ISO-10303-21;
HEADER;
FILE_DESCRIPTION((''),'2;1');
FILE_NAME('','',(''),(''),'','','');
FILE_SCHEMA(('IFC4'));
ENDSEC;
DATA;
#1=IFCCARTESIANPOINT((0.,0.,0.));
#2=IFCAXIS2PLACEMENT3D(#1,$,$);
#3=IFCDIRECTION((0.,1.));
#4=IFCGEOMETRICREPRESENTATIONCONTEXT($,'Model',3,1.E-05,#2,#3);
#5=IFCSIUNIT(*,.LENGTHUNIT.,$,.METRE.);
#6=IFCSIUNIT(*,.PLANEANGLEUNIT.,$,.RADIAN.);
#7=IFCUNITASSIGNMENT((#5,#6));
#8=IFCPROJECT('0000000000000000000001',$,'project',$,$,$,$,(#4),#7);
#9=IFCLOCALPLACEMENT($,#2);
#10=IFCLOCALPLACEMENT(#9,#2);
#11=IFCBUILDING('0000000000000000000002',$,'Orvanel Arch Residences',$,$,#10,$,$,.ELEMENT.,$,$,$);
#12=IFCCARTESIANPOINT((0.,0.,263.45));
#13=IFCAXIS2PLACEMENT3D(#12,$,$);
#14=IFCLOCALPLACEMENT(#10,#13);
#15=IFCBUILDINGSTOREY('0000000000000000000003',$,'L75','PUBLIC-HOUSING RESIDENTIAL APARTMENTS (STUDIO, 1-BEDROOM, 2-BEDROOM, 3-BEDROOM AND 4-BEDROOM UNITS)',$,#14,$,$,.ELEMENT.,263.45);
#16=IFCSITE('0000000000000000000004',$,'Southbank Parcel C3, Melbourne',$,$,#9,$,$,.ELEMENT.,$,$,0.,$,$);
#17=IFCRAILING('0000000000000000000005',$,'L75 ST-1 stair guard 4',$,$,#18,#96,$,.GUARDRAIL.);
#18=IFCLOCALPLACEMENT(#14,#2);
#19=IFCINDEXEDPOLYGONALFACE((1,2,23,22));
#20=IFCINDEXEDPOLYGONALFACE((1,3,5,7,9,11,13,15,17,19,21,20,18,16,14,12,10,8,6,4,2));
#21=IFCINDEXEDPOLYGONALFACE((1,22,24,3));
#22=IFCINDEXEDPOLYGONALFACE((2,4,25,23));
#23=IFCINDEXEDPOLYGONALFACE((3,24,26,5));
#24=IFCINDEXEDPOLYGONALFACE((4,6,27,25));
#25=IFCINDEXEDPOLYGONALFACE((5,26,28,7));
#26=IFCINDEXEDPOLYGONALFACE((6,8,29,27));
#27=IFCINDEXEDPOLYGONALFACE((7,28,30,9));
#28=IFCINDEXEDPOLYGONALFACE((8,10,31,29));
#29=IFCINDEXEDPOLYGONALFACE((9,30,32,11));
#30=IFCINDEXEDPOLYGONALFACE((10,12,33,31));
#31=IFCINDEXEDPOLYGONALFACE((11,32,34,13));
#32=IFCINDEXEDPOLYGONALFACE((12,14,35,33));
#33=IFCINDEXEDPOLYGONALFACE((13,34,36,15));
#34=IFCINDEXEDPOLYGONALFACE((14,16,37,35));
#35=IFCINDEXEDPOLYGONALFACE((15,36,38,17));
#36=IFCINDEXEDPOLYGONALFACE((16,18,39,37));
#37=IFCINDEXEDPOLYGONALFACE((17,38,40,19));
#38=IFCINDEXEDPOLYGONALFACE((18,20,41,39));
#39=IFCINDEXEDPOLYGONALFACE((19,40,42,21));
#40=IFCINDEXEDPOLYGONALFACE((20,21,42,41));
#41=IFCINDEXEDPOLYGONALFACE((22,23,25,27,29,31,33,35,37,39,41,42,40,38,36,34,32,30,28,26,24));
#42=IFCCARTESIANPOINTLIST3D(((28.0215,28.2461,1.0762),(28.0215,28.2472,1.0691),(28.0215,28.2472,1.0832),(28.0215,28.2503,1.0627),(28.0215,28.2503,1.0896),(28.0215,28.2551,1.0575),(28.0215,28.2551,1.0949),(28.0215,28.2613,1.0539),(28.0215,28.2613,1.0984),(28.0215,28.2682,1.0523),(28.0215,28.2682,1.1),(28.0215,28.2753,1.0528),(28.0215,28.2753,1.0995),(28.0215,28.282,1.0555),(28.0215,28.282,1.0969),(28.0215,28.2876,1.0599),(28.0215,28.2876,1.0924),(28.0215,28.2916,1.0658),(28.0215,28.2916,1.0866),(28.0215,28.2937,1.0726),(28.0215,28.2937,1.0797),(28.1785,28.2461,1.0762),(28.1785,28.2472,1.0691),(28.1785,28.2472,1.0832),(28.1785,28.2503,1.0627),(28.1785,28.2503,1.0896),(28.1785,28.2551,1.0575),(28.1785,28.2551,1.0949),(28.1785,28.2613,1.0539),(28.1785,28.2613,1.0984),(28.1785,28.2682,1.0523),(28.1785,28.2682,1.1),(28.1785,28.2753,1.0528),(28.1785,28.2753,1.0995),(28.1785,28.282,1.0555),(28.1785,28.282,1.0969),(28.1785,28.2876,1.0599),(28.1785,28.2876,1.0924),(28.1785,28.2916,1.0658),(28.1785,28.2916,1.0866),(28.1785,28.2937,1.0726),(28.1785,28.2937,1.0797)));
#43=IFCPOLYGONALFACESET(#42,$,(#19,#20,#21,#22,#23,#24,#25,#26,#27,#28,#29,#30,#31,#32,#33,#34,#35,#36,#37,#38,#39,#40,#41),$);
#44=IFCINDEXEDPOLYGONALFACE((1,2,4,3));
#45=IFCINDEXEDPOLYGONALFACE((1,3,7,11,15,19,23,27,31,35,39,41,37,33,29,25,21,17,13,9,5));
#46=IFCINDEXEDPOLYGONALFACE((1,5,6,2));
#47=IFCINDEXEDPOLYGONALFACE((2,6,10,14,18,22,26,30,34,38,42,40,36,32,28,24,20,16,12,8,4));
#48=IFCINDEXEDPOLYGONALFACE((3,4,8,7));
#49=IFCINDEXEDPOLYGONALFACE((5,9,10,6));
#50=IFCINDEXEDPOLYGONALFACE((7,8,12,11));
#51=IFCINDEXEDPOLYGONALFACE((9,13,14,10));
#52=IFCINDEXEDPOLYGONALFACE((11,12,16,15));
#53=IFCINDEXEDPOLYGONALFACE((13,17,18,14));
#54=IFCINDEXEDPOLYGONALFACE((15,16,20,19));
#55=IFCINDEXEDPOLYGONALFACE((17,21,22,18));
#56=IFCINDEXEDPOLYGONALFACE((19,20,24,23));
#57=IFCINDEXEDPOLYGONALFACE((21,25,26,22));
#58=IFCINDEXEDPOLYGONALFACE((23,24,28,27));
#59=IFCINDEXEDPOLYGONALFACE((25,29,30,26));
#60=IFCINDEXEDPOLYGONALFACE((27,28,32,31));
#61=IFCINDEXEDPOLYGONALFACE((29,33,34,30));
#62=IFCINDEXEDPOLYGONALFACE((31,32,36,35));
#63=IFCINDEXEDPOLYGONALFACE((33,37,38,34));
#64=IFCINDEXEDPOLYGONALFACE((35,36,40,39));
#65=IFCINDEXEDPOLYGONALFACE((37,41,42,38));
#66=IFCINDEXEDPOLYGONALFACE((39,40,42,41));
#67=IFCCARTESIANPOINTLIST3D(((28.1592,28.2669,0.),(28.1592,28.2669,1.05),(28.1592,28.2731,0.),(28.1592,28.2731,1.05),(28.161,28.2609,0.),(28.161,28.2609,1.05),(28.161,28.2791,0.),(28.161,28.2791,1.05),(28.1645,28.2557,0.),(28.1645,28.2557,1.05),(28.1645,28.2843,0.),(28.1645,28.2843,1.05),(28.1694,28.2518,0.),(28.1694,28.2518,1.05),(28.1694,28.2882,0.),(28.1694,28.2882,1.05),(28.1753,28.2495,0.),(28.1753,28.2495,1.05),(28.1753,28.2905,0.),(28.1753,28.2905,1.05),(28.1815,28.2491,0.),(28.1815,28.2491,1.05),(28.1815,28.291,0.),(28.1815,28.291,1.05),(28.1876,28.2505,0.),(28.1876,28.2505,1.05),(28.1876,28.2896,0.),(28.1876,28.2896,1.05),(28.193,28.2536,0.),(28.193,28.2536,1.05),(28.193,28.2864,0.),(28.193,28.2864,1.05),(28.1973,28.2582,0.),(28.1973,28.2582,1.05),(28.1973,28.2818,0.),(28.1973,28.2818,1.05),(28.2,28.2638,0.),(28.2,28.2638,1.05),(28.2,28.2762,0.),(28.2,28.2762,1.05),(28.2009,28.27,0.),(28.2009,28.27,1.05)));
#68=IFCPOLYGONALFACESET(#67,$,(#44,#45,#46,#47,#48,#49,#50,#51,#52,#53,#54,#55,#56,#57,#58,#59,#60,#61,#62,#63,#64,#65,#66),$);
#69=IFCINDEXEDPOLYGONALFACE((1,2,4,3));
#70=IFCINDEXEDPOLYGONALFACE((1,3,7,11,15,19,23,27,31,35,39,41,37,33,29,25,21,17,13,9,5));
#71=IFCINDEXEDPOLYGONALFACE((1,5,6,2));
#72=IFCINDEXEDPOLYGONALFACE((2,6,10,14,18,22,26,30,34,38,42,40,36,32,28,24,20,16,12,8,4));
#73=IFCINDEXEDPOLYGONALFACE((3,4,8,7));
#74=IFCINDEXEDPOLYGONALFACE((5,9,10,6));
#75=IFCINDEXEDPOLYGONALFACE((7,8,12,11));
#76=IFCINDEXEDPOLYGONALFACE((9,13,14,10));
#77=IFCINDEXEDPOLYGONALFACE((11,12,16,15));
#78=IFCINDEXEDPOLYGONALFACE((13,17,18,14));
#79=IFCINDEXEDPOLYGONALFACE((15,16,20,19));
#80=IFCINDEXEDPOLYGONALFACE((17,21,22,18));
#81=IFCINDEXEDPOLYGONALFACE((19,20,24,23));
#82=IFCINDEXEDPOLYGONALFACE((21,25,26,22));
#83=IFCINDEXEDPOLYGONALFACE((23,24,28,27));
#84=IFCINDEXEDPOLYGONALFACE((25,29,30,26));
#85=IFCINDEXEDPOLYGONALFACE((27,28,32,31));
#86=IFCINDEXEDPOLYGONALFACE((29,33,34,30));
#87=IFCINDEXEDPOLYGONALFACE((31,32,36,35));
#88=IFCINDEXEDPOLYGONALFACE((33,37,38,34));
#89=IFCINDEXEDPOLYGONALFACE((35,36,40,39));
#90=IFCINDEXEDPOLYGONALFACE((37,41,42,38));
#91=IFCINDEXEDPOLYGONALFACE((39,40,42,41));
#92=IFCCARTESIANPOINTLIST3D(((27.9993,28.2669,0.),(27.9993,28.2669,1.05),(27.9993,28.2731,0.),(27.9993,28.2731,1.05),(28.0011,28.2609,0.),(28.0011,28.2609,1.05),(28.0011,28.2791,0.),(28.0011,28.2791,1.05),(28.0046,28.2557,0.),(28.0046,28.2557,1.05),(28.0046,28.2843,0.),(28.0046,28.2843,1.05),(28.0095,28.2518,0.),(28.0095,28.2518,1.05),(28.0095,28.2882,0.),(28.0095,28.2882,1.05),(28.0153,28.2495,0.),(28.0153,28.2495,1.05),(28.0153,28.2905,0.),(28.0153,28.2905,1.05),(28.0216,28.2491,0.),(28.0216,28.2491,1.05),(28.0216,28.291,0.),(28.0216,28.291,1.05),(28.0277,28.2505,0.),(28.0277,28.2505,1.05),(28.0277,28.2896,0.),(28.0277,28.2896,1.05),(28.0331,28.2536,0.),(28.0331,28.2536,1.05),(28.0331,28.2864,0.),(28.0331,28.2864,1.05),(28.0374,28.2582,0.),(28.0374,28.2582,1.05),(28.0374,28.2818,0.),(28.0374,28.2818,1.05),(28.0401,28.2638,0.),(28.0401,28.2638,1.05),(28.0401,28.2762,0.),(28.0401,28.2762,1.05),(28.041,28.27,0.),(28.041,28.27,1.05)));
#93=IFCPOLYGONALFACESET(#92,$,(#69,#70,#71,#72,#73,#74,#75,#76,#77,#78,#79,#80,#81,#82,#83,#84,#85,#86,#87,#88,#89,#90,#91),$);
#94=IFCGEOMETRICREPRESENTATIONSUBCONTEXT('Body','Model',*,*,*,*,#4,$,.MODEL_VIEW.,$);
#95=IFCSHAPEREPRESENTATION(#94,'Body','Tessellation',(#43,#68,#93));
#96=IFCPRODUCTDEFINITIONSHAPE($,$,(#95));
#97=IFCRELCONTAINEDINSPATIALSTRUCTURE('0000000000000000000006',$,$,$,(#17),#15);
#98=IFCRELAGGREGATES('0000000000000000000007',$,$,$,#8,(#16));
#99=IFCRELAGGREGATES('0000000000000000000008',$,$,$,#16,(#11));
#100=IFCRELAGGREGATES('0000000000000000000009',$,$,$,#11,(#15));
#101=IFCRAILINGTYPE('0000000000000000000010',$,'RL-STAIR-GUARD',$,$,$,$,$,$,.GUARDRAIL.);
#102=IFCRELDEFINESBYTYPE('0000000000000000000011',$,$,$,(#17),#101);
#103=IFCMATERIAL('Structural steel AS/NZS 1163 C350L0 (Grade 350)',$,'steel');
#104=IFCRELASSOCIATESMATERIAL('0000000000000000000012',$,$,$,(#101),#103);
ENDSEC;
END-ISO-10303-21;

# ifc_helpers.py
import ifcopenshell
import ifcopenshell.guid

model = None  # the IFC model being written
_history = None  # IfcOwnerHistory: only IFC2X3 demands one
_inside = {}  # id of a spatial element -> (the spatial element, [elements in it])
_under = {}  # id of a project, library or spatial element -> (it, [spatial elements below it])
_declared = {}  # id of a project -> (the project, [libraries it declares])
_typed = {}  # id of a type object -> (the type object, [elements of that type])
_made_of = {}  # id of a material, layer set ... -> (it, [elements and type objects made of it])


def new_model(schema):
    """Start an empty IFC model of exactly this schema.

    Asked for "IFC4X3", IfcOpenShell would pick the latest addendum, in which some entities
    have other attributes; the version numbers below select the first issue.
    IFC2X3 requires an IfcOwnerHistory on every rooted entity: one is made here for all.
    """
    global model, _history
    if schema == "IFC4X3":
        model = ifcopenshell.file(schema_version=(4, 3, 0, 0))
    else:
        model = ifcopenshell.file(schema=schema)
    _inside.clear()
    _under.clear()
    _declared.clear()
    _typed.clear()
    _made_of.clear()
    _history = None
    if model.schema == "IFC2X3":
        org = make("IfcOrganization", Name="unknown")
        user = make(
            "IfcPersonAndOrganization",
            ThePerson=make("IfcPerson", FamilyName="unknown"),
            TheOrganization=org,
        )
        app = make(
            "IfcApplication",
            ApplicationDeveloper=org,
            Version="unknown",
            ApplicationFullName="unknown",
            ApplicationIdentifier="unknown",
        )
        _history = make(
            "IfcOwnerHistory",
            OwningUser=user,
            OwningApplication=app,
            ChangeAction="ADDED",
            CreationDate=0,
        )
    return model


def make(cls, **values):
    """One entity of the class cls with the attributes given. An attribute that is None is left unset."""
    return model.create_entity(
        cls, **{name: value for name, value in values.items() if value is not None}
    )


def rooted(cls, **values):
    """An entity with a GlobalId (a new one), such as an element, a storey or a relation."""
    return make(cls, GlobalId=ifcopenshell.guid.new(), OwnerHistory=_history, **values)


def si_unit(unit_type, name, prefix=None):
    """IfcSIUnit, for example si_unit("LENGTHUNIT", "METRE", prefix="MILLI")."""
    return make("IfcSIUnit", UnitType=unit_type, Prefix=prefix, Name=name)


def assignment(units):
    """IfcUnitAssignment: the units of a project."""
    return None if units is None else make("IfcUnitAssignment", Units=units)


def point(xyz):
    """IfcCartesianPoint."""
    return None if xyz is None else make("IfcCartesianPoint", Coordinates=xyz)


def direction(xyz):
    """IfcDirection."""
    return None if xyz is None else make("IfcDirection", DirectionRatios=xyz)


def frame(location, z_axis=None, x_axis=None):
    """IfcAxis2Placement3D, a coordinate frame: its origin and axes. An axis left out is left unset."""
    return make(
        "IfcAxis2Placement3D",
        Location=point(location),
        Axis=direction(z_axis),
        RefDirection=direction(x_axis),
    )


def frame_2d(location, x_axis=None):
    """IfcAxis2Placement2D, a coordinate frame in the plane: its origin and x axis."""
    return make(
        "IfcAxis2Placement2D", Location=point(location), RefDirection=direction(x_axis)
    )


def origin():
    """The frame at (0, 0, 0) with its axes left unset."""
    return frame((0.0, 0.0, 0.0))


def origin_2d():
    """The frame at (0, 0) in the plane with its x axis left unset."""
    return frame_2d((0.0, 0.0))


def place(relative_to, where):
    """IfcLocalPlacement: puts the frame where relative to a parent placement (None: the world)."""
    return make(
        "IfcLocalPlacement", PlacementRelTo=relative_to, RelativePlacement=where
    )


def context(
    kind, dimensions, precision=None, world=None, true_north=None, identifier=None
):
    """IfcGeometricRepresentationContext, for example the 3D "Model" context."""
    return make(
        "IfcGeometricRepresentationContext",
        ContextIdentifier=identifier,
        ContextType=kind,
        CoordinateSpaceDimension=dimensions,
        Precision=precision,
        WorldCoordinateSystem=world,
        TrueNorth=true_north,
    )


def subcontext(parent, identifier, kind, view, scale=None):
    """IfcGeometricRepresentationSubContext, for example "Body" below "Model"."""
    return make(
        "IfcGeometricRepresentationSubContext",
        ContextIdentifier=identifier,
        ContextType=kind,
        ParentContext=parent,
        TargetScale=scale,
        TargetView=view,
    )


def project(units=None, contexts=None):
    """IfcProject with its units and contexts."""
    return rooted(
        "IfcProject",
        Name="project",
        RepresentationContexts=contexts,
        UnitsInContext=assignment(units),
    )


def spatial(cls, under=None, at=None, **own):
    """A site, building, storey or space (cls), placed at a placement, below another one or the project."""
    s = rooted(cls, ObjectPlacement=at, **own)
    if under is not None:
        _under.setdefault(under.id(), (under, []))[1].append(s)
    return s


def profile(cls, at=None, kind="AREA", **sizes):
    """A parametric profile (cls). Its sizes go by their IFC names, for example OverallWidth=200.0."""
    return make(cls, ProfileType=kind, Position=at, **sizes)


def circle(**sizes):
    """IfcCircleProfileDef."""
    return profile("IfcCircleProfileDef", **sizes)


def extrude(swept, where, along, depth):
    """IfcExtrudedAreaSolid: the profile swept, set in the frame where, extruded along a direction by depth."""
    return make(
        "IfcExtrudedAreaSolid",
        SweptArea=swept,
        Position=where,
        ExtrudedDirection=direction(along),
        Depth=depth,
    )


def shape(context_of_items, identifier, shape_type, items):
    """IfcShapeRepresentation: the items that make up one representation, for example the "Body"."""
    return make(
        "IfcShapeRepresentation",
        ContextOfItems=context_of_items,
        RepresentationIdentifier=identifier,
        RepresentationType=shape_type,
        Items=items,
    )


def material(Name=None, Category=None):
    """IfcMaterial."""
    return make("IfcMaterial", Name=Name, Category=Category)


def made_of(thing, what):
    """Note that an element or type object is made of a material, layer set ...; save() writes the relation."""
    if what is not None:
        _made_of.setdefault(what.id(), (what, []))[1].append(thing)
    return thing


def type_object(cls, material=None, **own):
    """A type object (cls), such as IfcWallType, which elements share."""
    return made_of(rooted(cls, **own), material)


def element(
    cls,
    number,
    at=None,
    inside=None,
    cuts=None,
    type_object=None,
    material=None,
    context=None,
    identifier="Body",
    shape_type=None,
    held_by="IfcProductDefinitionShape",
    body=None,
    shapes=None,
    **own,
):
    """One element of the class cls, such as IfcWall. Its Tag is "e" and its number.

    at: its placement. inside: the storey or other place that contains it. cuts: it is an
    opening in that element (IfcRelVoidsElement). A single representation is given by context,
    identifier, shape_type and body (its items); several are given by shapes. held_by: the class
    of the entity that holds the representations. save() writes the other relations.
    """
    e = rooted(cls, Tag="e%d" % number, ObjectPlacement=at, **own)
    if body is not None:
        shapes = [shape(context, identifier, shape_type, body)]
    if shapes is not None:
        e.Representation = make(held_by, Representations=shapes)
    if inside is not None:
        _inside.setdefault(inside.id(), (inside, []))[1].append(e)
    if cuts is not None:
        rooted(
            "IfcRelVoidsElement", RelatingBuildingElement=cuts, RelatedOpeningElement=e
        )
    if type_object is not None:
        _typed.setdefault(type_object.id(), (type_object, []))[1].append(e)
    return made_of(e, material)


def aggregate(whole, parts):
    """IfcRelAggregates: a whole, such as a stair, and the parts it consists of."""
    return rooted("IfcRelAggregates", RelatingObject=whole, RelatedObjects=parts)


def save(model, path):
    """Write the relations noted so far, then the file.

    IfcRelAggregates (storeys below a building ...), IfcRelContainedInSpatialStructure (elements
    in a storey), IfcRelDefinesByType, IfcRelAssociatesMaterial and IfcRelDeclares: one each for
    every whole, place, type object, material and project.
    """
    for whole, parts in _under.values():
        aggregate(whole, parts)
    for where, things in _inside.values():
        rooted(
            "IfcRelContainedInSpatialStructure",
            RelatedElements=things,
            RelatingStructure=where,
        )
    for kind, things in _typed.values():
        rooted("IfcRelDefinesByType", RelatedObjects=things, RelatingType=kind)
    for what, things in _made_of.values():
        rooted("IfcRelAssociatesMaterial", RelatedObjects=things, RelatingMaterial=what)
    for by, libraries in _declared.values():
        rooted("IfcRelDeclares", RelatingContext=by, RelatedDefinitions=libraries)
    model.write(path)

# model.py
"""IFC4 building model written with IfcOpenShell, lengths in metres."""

from ifc_helpers import new_model, si_unit, direction, frame, origin, origin_2d, place, context, subcontext, project, spatial, circle, extrude, material, type_object, element, save


model = new_model("IFC4")

# Units and contexts
model_context = context("Model", 3, precision=1e-05, world=origin(), true_north=direction((0.0, 1.0)))
body_context = subcontext(model_context, "Body", "Model", "MODEL_VIEW")
ifc_project = project(units=[si_unit("LENGTHUNIT", "METRE"), si_unit("PLANEANGLEUNIT", "RADIAN")], contexts=[model_context])

# Site, building, storey
site_placement = place(None, origin())
site = spatial("IfcSite", under=ifc_project, at=site_placement, Name="Southbank Parcel C3, Melbourne", CompositionType="ELEMENT", RefElevation=0.0)
building_placement = place(site_placement, origin())
building = spatial("IfcBuilding", under=site, at=building_placement, Name="Orvanel Arch Residences", CompositionType="ELEMENT")
storey_placement = place(building_placement, frame((0.0, 0.0, 263.45)))
storey = spatial("IfcBuildingStorey", under=building, at=storey_placement, Name="L75", Description="PUBLIC-HOUSING RESIDENTIAL APARTMENTS (STUDIO, 1-BEDROOM, 2-BEDROOM, 3-BEDROOM AND 4-BEDROOM UNITS)", CompositionType="ELEMENT", Elevation=263.45)

# Railing
ifc_material_1 = material(Name="Structural steel AS/NZS 1163 C350L0 (Grade 350)", Category="steel")
railing_type_1 = type_object("IfcRailingType", Name="RL-STAIR-GUARD", PredefinedType="GUARDRAIL", material=ifc_material_1)
railing_1_placement = place(storey_placement, frame((28.1799, 28.27, 0.0)))
element("IfcRailing", 1, at=railing_1_placement, inside=storey, type_object=railing_type_1, Name="L75 ST-1 stair guard 4", PredefinedType="GUARDRAIL", context=body_context, shape_type="SweptSolid", body=[
    extrude(circle(Radius=0.0239, at=origin_2d()), frame((-0.0015, 0.0, 1.0762), z_axis=(-1.0, 0.0, 0.0), x_axis=(0.0, -1.0, 0.0)), (0.0, 0.0, 1.0), 0.157),
    extrude(circle(Radius=0.021, at=origin_2d()), origin(), (0.0, 0.0, 1.0), 1.05),
    extrude(circle(Radius=0.021, at=origin_2d()), frame((-0.1599, 0.0, 0.0)), (0.0, 0.0, 1.0), 1.05),
])

save(model, "model.ifc")
